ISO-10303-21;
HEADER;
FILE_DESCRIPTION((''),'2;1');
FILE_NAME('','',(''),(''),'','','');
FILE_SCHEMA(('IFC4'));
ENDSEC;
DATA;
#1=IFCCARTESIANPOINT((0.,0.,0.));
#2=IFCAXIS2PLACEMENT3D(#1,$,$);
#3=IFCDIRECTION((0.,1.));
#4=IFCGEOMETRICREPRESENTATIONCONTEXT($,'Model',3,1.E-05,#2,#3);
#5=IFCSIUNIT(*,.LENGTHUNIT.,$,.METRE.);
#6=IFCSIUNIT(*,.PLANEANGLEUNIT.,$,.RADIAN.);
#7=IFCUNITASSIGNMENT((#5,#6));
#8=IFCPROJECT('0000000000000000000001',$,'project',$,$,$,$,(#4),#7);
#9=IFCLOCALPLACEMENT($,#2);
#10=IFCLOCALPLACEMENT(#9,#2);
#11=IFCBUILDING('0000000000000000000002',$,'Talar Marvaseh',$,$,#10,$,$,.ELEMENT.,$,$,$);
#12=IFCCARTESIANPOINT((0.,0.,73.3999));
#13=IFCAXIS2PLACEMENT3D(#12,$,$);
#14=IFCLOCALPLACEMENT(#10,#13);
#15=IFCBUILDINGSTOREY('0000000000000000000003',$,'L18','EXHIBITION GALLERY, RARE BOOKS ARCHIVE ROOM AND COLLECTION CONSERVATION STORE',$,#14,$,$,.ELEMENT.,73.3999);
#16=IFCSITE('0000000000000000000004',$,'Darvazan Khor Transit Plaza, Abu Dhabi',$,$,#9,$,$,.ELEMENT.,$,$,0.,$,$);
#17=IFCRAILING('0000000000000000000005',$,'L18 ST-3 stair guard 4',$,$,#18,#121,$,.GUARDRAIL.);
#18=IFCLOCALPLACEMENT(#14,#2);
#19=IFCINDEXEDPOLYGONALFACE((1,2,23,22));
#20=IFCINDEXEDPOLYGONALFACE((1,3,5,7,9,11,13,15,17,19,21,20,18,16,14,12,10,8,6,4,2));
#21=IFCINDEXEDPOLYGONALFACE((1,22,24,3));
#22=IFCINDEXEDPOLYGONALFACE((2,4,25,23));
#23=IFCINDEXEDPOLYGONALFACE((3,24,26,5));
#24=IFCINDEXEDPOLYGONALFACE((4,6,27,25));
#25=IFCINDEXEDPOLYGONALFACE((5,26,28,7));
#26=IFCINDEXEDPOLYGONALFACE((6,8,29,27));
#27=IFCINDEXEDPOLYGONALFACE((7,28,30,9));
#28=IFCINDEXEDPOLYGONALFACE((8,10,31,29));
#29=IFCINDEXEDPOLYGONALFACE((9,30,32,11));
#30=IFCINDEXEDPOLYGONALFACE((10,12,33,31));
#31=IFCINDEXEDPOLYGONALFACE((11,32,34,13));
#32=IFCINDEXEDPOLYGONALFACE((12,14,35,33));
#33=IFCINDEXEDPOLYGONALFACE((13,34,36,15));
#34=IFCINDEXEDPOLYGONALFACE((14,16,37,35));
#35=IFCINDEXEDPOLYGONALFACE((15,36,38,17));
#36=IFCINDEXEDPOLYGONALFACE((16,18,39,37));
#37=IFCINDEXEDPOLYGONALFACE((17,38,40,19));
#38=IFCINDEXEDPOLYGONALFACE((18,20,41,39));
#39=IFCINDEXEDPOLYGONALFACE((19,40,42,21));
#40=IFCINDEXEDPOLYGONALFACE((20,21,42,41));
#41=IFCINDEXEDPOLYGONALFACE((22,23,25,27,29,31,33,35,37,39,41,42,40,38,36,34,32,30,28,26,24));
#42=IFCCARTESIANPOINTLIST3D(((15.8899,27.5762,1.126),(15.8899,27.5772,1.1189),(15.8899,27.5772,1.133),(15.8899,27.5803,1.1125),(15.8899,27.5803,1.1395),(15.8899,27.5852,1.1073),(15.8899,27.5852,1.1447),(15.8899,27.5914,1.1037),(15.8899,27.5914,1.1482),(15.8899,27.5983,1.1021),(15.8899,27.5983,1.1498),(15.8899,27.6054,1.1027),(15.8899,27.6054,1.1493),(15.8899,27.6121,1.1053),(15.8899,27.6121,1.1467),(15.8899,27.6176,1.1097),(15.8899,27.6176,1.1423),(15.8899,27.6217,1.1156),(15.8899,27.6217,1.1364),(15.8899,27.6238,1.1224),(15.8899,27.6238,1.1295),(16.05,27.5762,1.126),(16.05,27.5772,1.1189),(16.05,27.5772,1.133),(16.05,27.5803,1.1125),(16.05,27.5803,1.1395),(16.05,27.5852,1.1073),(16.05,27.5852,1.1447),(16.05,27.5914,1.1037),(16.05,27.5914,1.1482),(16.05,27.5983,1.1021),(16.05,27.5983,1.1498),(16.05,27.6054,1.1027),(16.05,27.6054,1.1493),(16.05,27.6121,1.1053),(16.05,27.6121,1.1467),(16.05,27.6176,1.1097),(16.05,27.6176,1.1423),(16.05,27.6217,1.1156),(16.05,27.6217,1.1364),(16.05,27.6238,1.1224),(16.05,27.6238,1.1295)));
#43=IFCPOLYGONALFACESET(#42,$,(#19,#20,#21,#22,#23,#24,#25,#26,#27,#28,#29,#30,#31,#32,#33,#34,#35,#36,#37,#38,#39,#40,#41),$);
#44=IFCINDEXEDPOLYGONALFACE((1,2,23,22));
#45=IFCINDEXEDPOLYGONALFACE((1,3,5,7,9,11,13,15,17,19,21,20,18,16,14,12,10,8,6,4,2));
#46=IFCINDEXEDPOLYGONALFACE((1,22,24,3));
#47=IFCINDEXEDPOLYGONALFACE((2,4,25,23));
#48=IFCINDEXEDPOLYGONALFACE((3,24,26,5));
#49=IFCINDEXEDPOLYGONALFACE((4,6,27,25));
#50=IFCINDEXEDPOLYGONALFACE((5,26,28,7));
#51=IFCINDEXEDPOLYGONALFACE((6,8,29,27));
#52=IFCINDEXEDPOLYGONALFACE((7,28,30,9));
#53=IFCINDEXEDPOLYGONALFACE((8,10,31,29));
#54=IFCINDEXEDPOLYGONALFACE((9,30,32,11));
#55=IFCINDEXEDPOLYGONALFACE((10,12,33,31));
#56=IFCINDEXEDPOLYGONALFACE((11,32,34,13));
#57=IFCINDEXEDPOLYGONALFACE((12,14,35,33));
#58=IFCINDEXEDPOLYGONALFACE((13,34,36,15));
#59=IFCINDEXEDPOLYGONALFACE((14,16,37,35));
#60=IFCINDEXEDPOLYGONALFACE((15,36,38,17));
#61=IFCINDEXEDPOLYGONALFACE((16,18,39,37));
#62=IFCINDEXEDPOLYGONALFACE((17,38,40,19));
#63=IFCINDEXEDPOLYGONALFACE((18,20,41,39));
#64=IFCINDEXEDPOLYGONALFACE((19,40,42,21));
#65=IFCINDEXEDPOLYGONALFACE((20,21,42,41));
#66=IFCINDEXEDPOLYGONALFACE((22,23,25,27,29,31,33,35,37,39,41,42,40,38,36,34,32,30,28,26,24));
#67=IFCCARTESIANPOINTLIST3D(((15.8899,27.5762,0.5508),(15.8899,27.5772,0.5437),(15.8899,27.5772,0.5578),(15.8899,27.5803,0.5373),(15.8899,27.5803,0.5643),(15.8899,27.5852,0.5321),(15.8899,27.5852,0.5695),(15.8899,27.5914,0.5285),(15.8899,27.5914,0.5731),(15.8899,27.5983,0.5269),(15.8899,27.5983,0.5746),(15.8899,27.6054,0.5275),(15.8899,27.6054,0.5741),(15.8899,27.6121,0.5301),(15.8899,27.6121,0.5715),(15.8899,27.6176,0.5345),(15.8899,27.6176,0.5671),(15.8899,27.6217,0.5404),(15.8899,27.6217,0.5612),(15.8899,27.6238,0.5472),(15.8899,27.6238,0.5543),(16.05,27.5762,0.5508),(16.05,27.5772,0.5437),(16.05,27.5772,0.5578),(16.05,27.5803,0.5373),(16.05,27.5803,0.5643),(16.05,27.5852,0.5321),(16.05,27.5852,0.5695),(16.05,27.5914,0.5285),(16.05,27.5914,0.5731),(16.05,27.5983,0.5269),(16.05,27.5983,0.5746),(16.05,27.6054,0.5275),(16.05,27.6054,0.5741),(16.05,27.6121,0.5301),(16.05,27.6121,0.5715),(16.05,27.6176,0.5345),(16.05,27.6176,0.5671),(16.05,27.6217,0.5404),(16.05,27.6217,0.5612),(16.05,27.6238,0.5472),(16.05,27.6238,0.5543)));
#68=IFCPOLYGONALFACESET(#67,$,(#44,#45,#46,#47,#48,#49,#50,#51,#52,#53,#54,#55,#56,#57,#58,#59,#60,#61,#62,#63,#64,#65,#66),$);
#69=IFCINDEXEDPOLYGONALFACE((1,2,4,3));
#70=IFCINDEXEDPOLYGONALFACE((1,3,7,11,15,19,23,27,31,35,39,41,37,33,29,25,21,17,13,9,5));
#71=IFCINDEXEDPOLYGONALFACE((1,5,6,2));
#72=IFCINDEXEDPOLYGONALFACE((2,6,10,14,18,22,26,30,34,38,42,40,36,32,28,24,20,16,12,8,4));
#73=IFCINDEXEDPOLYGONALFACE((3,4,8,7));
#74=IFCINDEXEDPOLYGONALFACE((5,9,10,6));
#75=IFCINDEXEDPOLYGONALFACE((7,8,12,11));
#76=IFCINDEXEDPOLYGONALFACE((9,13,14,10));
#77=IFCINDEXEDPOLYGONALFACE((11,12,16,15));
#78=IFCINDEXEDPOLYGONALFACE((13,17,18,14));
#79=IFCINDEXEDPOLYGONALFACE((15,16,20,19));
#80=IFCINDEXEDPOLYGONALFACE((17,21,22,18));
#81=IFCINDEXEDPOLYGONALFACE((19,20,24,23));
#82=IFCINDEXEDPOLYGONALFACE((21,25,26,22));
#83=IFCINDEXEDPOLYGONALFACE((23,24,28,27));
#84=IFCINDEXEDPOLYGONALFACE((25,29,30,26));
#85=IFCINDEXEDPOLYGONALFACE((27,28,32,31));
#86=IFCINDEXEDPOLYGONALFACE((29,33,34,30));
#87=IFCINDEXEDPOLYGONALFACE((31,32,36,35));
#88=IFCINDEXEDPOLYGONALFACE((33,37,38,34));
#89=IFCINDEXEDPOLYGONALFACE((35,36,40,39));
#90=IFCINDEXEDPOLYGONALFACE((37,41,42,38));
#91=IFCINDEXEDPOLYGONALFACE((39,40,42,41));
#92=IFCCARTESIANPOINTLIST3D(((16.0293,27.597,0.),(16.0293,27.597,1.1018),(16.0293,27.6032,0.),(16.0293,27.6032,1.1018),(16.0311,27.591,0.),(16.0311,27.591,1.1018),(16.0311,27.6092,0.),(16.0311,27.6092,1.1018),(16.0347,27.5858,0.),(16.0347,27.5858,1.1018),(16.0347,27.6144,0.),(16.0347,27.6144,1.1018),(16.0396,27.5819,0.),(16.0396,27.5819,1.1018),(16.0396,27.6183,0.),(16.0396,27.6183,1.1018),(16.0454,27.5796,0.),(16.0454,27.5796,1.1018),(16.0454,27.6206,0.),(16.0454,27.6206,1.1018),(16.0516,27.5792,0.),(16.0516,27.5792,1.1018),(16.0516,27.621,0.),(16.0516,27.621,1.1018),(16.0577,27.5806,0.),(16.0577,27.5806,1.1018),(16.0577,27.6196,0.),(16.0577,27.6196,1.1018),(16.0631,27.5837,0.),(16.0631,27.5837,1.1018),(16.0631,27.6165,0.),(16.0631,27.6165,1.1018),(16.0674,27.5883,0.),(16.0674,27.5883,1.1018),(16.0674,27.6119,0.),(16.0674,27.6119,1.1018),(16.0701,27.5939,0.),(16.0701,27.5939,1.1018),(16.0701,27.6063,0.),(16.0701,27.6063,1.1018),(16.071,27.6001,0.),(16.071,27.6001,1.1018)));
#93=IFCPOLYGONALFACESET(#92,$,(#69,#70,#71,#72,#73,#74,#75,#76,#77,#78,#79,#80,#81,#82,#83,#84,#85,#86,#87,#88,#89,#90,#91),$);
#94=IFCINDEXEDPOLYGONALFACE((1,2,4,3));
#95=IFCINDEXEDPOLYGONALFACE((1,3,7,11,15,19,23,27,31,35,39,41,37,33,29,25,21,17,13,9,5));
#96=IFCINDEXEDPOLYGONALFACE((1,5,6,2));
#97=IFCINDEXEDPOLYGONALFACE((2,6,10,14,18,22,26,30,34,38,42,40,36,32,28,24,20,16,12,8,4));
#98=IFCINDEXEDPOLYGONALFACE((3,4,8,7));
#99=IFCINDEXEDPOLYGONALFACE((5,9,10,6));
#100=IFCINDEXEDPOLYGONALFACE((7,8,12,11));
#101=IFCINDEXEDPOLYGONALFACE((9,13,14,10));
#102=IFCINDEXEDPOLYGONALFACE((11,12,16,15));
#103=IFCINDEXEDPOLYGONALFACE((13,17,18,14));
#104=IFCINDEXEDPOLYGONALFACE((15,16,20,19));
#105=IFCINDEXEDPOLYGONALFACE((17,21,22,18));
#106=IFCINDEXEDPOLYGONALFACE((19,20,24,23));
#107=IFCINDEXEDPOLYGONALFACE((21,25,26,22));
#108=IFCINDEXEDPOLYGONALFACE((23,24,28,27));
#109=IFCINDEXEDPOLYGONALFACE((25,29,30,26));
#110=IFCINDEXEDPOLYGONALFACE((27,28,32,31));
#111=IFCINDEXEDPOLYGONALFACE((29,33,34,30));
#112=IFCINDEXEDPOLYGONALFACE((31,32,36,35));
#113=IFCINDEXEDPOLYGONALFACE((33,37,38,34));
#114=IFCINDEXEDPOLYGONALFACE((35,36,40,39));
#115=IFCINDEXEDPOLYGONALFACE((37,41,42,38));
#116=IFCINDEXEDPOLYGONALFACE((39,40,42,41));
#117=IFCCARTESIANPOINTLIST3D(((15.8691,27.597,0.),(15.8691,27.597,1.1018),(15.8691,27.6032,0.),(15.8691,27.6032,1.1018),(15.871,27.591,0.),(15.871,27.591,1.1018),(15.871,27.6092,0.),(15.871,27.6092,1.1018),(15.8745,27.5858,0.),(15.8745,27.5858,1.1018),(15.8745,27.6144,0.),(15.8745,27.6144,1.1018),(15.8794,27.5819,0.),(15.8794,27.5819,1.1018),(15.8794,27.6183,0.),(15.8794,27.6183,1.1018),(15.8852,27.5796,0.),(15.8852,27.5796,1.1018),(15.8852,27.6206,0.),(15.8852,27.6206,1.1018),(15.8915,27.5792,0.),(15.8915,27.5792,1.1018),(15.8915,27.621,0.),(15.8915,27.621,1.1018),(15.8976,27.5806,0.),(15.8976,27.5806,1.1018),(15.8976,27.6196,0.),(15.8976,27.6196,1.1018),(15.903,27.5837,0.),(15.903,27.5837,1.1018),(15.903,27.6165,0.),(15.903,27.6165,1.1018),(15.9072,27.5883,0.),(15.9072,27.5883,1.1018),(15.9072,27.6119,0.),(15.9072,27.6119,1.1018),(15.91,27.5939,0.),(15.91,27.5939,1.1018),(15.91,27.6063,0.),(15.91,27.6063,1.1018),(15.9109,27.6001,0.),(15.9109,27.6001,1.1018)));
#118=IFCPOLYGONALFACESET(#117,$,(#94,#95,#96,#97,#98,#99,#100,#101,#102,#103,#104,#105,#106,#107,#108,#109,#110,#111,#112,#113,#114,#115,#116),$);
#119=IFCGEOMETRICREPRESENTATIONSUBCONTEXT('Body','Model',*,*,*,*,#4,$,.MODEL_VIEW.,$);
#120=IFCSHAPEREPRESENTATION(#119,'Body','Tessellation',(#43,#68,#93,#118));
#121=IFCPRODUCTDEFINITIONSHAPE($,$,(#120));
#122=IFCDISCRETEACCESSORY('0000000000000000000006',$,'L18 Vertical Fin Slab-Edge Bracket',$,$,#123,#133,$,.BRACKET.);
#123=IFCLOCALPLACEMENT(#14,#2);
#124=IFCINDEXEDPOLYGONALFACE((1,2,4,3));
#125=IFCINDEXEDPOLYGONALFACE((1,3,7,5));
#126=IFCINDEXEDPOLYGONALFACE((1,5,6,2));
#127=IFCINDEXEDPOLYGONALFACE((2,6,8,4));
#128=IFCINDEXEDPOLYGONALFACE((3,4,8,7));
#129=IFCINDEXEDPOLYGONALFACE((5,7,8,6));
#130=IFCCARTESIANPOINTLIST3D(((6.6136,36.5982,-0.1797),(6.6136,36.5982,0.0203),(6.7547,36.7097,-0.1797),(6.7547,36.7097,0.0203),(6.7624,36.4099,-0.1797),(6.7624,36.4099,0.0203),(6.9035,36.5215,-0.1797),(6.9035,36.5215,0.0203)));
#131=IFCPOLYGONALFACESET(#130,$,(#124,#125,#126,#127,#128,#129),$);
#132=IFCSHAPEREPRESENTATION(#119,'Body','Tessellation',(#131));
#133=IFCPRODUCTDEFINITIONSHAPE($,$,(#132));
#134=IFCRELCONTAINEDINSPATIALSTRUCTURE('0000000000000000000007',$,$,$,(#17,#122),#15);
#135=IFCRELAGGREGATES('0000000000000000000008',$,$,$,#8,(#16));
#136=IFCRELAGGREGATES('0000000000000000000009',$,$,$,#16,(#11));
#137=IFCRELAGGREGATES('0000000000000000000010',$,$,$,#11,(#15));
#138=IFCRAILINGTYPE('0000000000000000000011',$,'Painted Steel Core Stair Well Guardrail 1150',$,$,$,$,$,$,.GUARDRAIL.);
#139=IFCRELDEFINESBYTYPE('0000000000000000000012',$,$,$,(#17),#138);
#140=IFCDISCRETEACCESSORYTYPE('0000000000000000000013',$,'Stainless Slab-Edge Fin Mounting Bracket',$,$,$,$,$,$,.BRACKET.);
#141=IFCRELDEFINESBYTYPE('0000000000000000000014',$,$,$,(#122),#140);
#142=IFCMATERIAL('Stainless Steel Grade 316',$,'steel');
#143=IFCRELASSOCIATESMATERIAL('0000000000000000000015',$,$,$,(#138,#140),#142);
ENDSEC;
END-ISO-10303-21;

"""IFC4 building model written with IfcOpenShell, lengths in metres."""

from ifc_helpers import new_model, si_unit, direction, frame, origin, origin_2d, place, context, subcontext, project, spatial, rectangle, circle, extrude, source, transform, mapped, material, type_object, type_shapes, element, save


model = new_model("IFC4")

# Units and contexts
model_context = context("Model", 3, precision=1e-05, world=origin(), true_north=direction((0.0, 1.0)))
body_context = subcontext(model_context, "Body", "Model", "MODEL_VIEW")
ifc_project = project(units=[si_unit("LENGTHUNIT", "METRE"), si_unit("PLANEANGLEUNIT", "RADIAN")], contexts=[model_context])

# Site, building, storey
site_placement = place(None, origin())
site = spatial("IfcSite", under=ifc_project, at=site_placement, Name="Darvazan Khor Transit Plaza, Abu Dhabi", CompositionType="ELEMENT", RefElevation=0.0)
building_placement = place(site_placement, origin())
building = spatial("IfcBuilding", under=site, at=building_placement, Name="Talar Marvaseh", CompositionType="ELEMENT")
storey_placement = place(building_placement, frame((0.0, 0.0, 73.3999)))
storey = spatial("IfcBuildingStorey", under=building, at=storey_placement, Name="L18", Description="EXHIBITION GALLERY, RARE BOOKS ARCHIVE ROOM AND COLLECTION CONSERVATION STORE", CompositionType="ELEMENT", Elevation=73.3999)

# Railing
ifc_material_1 = material(Name="Stainless Steel Grade 316", Category="steel")
railing_type_1 = type_object("IfcRailingType", Name="Painted Steel Core Stair Well Guardrail 1150", PredefinedType="GUARDRAIL", material=ifc_material_1)
railing_1_placement = place(storey_placement, frame((16.05, 27.6001, 0.0)))
element("IfcRailing", 1, at=railing_1_placement, inside=storey, type_object=railing_type_1, Name="L18 ST-3 stair guard 4", PredefinedType="GUARDRAIL", context=body_context, shape_type="SweptSolid", body=[
    extrude(circle(Radius=0.0239, at=origin_2d()), frame((0.0, 0.0, 1.126), z_axis=(-1.0, 0.0, 0.0), x_axis=(0.0, -1.0, 0.0)), (0.0, 0.0, 1.0), 0.1602),
    extrude(circle(Radius=0.0239, at=origin_2d()), frame((0.0, 0.0, 0.5508), z_axis=(-1.0, 0.0, 0.0), x_axis=(0.0, -1.0, 0.0)), (0.0, 0.0, 1.0), 0.1602),
    extrude(circle(Radius=0.021, at=origin_2d()), origin(), (0.0, 0.0, 1.0), 1.1018),
    extrude(circle(Radius=0.021, at=origin_2d()), frame((-0.1602, 0.0, 0.0)), (0.0, 0.0, 1.0), 1.1018),
])

# Discrete accessory
discrete_accessory_type = type_object("IfcDiscreteAccessoryType", Name="Stainless Slab-Edge Fin Mounting Bracket", PredefinedType="BRACKET", material=ifc_material_1)
shared_shape_1 = source(origin(), body_context, "Body", "SweptSolid", [
    extrude(rectangle(XDim=0.24, YDim=0.1799, at=origin_2d()), origin(), (0.0, 0.0, 1.0), 0.2),
])
type_shapes(discrete_accessory_type, [shared_shape_1])
discrete_accessory_placement = place(storey_placement, frame((6.7585, 36.5598, -0.1797), z_axis=(0.0, 0.0, 1.0), x_axis=(-0.620053, 0.78456, 0.0)))
element("IfcDiscreteAccessory", 2, at=discrete_accessory_placement, inside=storey, type_object=discrete_accessory_type, Name="L18 Vertical Fin Slab-Edge Bracket", PredefinedType="BRACKET", context=body_context, shape_type="MappedRepresentation", body=[
    mapped(shared_shape_1, transform((0.0, 0.0, 0.0), x_axis=(1.0, 0.0, 0.0), y_axis=(0.0, 1.0, 0.0), z_axis=(0.0, 0.0, 1.0), scale=1.0)),
])

save(model, "model.ifc")
